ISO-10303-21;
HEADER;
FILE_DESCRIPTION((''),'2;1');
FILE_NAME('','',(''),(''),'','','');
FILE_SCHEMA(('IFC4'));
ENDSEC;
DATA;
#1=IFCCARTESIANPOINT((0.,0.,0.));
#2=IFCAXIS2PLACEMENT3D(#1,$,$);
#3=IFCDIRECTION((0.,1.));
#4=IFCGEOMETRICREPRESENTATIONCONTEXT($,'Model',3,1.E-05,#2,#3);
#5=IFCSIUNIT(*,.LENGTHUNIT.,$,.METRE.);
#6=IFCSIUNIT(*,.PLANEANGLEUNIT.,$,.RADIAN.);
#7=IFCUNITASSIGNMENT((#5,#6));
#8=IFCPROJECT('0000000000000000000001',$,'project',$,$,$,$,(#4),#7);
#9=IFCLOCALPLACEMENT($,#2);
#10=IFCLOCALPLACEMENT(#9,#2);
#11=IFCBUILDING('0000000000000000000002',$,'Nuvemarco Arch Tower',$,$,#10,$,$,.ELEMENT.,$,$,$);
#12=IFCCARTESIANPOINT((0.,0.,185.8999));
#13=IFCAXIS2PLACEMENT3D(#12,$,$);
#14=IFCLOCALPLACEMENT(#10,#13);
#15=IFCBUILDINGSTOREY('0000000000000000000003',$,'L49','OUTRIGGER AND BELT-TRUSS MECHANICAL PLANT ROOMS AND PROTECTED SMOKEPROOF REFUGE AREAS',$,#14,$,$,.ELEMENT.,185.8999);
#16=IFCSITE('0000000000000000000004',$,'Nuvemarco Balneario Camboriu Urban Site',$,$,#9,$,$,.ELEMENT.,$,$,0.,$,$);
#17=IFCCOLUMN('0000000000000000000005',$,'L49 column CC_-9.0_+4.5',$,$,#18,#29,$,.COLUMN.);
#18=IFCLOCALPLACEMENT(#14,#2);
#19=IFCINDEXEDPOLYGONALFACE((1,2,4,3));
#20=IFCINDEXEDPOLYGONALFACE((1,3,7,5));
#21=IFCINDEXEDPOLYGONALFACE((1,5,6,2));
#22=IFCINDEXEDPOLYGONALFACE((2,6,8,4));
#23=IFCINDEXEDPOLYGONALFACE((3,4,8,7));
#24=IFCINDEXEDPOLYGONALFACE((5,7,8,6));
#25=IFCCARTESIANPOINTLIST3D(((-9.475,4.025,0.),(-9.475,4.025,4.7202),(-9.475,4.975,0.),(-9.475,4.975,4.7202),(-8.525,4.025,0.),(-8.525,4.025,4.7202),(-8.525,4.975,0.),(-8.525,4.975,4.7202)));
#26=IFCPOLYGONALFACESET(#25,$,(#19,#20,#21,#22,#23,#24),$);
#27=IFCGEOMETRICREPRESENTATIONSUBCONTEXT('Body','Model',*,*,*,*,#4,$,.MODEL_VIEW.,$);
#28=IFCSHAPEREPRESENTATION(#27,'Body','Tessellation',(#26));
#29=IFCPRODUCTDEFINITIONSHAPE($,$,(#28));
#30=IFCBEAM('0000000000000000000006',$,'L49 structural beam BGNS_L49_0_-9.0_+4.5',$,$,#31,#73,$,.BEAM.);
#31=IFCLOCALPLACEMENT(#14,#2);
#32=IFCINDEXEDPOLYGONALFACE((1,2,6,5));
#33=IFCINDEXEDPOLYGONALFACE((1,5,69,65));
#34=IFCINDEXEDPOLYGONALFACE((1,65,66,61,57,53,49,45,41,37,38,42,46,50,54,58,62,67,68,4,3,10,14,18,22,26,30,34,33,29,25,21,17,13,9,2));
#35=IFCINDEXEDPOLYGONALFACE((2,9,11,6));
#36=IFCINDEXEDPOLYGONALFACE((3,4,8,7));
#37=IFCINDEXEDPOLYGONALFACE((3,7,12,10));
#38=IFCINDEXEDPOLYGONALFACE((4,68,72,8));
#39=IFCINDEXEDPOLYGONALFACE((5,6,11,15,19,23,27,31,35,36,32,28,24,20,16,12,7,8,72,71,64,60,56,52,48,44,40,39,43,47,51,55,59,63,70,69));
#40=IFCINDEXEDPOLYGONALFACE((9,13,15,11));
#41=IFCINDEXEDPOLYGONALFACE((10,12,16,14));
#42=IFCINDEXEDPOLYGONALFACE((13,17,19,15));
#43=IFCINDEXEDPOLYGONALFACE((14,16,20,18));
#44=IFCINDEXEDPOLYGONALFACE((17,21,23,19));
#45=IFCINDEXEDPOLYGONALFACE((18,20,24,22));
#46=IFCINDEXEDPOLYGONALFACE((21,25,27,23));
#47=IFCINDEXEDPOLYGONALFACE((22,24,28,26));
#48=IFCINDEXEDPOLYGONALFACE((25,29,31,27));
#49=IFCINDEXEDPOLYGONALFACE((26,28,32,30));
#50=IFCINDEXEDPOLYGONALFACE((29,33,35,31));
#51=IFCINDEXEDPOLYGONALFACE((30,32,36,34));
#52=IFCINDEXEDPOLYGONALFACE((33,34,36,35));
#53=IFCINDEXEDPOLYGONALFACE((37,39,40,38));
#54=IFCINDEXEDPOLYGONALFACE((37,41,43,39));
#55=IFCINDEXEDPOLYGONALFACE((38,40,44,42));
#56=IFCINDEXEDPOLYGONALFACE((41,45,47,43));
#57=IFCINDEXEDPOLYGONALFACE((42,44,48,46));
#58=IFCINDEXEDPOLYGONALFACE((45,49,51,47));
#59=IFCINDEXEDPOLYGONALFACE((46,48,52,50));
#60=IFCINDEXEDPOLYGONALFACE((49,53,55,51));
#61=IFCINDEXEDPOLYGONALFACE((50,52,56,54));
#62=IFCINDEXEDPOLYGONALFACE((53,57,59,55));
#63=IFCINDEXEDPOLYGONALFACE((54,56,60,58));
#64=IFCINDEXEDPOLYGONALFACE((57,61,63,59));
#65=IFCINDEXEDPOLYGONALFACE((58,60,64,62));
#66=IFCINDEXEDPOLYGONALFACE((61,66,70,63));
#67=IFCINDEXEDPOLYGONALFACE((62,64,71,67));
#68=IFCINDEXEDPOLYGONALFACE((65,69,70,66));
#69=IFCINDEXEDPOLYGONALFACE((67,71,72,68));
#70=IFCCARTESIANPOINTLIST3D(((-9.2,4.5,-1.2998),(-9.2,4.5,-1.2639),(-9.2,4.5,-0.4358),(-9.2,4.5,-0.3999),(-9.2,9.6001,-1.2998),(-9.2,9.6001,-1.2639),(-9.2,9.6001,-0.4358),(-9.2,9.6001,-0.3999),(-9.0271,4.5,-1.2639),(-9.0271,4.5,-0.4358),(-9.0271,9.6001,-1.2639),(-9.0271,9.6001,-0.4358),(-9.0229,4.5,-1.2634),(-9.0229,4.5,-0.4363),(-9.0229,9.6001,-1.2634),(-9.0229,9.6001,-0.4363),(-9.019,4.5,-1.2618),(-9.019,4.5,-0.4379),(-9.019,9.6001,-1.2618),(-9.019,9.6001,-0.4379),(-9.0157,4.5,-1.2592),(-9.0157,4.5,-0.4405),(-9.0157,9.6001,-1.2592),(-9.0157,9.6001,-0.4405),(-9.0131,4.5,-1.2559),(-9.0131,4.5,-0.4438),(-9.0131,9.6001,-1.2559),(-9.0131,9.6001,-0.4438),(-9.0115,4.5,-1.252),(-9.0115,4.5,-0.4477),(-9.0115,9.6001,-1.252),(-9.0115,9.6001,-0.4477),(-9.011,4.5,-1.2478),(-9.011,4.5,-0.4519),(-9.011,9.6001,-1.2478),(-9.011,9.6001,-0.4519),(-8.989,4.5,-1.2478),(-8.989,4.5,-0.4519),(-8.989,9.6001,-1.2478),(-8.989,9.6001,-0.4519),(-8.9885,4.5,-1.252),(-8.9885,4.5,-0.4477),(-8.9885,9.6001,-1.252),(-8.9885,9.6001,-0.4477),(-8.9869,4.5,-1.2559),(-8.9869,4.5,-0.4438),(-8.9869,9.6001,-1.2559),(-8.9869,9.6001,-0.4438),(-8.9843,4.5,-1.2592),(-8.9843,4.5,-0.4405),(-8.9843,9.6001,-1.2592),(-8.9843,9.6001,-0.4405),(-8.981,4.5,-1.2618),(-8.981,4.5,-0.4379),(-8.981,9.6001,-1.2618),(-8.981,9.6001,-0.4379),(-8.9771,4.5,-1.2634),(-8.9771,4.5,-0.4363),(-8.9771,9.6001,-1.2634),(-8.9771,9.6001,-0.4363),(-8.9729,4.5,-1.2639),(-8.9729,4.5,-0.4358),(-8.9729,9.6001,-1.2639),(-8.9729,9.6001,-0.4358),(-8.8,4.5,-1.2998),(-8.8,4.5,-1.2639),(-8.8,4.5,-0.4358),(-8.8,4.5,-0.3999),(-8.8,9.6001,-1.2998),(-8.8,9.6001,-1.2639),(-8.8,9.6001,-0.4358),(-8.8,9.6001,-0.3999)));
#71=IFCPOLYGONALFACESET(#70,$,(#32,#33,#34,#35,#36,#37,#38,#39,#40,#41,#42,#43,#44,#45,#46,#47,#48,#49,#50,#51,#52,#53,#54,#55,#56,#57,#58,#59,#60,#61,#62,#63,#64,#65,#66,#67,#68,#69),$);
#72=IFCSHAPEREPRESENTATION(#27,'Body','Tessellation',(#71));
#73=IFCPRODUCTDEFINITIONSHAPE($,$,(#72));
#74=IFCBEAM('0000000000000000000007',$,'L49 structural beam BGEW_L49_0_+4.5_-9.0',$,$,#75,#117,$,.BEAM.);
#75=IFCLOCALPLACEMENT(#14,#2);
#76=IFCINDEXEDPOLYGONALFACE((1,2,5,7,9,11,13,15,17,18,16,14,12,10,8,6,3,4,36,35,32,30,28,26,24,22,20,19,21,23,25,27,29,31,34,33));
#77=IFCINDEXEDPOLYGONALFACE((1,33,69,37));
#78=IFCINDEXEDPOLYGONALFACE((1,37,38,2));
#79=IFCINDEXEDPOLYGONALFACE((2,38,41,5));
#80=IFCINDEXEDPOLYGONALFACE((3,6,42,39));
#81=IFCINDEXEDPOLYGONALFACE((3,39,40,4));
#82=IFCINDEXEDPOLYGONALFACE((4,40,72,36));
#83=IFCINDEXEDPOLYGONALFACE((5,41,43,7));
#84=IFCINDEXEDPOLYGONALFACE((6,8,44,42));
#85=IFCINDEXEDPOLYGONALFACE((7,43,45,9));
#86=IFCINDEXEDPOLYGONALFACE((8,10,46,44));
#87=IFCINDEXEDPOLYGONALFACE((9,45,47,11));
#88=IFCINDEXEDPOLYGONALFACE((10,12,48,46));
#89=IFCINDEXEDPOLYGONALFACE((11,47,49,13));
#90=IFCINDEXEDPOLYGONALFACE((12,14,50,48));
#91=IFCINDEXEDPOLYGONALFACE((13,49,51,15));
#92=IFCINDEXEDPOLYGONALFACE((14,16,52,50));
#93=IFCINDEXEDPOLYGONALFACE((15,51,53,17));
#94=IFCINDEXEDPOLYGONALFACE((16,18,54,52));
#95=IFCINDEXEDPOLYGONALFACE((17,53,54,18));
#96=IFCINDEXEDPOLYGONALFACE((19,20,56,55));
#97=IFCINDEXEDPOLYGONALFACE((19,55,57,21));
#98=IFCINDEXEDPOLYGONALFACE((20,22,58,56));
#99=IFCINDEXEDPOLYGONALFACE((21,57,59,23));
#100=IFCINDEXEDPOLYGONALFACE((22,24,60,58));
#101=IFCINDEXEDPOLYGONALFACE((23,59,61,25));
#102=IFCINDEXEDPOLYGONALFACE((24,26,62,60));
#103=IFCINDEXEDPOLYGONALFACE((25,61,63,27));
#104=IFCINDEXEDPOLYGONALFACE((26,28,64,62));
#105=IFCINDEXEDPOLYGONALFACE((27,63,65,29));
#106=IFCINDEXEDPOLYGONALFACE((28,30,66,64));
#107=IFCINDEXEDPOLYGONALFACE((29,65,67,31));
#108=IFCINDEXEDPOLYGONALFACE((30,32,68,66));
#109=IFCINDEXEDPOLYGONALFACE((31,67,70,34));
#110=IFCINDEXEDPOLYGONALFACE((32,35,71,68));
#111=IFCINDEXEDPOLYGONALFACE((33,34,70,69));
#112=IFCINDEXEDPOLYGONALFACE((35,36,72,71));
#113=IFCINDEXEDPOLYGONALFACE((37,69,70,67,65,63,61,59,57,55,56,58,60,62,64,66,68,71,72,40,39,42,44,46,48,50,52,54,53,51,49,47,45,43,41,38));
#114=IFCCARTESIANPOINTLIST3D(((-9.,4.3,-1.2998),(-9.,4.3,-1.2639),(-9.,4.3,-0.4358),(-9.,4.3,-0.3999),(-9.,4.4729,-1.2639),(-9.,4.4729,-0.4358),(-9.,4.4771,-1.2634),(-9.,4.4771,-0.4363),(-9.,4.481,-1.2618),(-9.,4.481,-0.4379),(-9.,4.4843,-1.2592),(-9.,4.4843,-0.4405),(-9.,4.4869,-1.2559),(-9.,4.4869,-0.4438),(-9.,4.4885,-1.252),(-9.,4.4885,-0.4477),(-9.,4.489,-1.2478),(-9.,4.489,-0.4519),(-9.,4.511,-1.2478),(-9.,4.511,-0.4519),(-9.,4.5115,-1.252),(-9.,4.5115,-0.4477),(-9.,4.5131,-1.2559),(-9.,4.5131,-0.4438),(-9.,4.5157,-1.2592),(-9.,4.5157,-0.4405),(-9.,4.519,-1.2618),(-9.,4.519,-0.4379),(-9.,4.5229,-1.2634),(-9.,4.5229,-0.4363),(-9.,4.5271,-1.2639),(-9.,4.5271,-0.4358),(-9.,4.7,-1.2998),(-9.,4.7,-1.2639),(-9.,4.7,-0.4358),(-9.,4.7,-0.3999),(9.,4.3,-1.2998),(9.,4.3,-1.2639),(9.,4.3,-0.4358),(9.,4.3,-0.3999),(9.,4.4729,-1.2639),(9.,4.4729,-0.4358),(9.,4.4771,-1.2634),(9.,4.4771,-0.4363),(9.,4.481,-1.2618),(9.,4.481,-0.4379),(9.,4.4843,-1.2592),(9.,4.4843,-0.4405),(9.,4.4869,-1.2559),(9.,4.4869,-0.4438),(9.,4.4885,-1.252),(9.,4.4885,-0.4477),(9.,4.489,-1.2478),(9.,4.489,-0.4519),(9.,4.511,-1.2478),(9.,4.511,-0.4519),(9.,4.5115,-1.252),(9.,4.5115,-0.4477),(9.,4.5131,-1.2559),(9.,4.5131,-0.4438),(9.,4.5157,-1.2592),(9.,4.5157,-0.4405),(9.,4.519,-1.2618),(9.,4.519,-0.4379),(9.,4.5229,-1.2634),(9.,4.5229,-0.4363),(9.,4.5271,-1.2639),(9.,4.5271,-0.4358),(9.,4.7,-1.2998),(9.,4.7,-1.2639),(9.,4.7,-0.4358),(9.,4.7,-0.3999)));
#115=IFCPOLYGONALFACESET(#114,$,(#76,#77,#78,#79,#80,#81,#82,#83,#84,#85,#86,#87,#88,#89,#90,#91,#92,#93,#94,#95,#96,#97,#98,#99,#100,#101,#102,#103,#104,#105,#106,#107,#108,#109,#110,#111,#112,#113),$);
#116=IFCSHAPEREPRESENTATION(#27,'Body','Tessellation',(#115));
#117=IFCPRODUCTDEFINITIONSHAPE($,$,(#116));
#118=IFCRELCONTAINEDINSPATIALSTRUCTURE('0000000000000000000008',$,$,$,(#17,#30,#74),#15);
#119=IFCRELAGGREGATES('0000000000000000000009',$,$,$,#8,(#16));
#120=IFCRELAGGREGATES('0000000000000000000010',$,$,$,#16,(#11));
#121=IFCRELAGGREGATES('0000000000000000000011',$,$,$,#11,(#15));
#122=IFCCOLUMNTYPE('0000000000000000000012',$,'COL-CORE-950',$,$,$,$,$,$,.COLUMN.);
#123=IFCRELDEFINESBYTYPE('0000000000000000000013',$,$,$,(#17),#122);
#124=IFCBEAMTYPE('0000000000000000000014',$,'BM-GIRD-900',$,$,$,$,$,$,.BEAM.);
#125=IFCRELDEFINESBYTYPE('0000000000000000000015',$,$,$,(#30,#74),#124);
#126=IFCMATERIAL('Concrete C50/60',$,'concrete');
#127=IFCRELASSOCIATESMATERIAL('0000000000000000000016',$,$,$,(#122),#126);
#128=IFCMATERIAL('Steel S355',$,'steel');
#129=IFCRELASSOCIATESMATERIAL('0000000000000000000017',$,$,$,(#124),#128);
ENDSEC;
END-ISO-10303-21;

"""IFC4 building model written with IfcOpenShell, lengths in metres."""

from ifc_helpers import new_model, si_unit, direction, frame, origin, origin_2d, place, context, subcontext, project, spatial, rectangle, i_section, extrude, material, material_profile, profile_set, type_object, element, save


model = new_model("IFC4")

# Units and contexts
model_context = context("Model", 3, precision=1e-05, world=origin(), true_north=direction((0.0, 1.0)))
body_context = subcontext(model_context, "Body", "Model", "MODEL_VIEW")
ifc_project = project(units=[si_unit("LENGTHUNIT", "METRE"), si_unit("PLANEANGLEUNIT", "RADIAN")], contexts=[model_context])

# Site, building, storey
site_placement = place(None, origin())
site = spatial("IfcSite", under=ifc_project, at=site_placement, Name="Nuvemarco Balneario Camboriu Urban Site", CompositionType="ELEMENT", RefElevation=0.0)
building_placement = place(site_placement, origin())
building = spatial("IfcBuilding", under=site, at=building_placement, Name="Nuvemarco Arch Tower", CompositionType="ELEMENT")
storey_placement = place(building_placement, frame((0.0, 0.0, 185.8999)))
storey = spatial("IfcBuildingStorey", under=building, at=storey_placement, Name="L49", Description="OUTRIGGER AND BELT-TRUSS MECHANICAL PLANT ROOMS AND PROTECTED SMOKEPROOF REFUGE AREAS", CompositionType="ELEMENT", Elevation=185.8999)

# Column
ifc_material_1 = material(Name="Concrete C50/60", Category="concrete")
ifc_material_profile_1 = material_profile(ifc_material_1, rectangle(XDim=0.95, YDim=0.95, at=origin_2d()), Name="RC-COL-950x950")
ifc_profile_set_1 = profile_set([ifc_material_profile_1], Name="Concrete C50/60")
column_type = type_object("IfcColumnType", Name="COL-CORE-950", PredefinedType="COLUMN", material=ifc_profile_set_1)
column_placement = place(storey_placement, frame((-9.0, 4.5, 0.0), z_axis=(0.0, 0.0, 1.0), x_axis=(1.0, 0.0, 0.0)))
element("IfcColumn", 1, at=column_placement, inside=storey, type_object=column_type, Name="L49 column CC_-9.0_+4.5", PredefinedType="COLUMN", context=body_context, shape_type="SweptSolid", body=[
    extrude(rectangle(XDim=0.95, YDim=0.95, at=origin_2d()), origin(), (0.0, 0.0, 1.0), 4.7202),
])

# Beams
ifc_material_2 = material(Name="Steel S355", Category="steel")
ifc_material_profile_2 = material_profile(ifc_material_2, i_section(OverallWidth=0.3999, OverallDepth=0.8999, WebThickness=0.022, FlangeThickness=0.0359, FilletRadius=0.0161, at=origin_2d()), Name="PG900x400")
ifc_profile_set_2 = profile_set([ifc_material_profile_2], Name="Steel S355")
beam_type = type_object("IfcBeamType", Name="BM-GIRD-900", PredefinedType="BEAM", material=ifc_profile_set_2)
beam_1_placement = place(storey_placement, frame((-9.0, 4.5, -0.8499), z_axis=(0.0, 1.0, 0.0), x_axis=(-1.0, 0.0, 0.0)))
element("IfcBeam", 2, at=beam_1_placement, inside=storey, type_object=beam_type, Name="L49 structural beam BGNS_L49_0_-9.0_+4.5", PredefinedType="BEAM", context=body_context, shape_type="SweptSolid", body=[
    extrude(i_section(OverallWidth=0.3999, OverallDepth=0.8999, WebThickness=0.022, FlangeThickness=0.0359, FilletRadius=0.0161, at=origin_2d()), origin(), (0.0, 0.0, 1.0), 5.1001),
])
beam_2_placement = place(storey_placement, frame((-9.0, 4.5, -0.8499), z_axis=(1.0, 0.0, 0.0), x_axis=(0.0, 1.0, 0.0)))
element("IfcBeam", 3, at=beam_2_placement, inside=storey, type_object=beam_type, Name="L49 structural beam BGEW_L49_0_+4.5_-9.0", PredefinedType="BEAM", context=body_context, shape_type="SweptSolid", body=[
    extrude(i_section(OverallWidth=0.3999, OverallDepth=0.8999, WebThickness=0.022, FlangeThickness=0.0359, FilletRadius=0.0161, at=origin_2d()), origin(), (0.0, 0.0, 1.0), 18.0),
])

save(model, "model.ifc")
